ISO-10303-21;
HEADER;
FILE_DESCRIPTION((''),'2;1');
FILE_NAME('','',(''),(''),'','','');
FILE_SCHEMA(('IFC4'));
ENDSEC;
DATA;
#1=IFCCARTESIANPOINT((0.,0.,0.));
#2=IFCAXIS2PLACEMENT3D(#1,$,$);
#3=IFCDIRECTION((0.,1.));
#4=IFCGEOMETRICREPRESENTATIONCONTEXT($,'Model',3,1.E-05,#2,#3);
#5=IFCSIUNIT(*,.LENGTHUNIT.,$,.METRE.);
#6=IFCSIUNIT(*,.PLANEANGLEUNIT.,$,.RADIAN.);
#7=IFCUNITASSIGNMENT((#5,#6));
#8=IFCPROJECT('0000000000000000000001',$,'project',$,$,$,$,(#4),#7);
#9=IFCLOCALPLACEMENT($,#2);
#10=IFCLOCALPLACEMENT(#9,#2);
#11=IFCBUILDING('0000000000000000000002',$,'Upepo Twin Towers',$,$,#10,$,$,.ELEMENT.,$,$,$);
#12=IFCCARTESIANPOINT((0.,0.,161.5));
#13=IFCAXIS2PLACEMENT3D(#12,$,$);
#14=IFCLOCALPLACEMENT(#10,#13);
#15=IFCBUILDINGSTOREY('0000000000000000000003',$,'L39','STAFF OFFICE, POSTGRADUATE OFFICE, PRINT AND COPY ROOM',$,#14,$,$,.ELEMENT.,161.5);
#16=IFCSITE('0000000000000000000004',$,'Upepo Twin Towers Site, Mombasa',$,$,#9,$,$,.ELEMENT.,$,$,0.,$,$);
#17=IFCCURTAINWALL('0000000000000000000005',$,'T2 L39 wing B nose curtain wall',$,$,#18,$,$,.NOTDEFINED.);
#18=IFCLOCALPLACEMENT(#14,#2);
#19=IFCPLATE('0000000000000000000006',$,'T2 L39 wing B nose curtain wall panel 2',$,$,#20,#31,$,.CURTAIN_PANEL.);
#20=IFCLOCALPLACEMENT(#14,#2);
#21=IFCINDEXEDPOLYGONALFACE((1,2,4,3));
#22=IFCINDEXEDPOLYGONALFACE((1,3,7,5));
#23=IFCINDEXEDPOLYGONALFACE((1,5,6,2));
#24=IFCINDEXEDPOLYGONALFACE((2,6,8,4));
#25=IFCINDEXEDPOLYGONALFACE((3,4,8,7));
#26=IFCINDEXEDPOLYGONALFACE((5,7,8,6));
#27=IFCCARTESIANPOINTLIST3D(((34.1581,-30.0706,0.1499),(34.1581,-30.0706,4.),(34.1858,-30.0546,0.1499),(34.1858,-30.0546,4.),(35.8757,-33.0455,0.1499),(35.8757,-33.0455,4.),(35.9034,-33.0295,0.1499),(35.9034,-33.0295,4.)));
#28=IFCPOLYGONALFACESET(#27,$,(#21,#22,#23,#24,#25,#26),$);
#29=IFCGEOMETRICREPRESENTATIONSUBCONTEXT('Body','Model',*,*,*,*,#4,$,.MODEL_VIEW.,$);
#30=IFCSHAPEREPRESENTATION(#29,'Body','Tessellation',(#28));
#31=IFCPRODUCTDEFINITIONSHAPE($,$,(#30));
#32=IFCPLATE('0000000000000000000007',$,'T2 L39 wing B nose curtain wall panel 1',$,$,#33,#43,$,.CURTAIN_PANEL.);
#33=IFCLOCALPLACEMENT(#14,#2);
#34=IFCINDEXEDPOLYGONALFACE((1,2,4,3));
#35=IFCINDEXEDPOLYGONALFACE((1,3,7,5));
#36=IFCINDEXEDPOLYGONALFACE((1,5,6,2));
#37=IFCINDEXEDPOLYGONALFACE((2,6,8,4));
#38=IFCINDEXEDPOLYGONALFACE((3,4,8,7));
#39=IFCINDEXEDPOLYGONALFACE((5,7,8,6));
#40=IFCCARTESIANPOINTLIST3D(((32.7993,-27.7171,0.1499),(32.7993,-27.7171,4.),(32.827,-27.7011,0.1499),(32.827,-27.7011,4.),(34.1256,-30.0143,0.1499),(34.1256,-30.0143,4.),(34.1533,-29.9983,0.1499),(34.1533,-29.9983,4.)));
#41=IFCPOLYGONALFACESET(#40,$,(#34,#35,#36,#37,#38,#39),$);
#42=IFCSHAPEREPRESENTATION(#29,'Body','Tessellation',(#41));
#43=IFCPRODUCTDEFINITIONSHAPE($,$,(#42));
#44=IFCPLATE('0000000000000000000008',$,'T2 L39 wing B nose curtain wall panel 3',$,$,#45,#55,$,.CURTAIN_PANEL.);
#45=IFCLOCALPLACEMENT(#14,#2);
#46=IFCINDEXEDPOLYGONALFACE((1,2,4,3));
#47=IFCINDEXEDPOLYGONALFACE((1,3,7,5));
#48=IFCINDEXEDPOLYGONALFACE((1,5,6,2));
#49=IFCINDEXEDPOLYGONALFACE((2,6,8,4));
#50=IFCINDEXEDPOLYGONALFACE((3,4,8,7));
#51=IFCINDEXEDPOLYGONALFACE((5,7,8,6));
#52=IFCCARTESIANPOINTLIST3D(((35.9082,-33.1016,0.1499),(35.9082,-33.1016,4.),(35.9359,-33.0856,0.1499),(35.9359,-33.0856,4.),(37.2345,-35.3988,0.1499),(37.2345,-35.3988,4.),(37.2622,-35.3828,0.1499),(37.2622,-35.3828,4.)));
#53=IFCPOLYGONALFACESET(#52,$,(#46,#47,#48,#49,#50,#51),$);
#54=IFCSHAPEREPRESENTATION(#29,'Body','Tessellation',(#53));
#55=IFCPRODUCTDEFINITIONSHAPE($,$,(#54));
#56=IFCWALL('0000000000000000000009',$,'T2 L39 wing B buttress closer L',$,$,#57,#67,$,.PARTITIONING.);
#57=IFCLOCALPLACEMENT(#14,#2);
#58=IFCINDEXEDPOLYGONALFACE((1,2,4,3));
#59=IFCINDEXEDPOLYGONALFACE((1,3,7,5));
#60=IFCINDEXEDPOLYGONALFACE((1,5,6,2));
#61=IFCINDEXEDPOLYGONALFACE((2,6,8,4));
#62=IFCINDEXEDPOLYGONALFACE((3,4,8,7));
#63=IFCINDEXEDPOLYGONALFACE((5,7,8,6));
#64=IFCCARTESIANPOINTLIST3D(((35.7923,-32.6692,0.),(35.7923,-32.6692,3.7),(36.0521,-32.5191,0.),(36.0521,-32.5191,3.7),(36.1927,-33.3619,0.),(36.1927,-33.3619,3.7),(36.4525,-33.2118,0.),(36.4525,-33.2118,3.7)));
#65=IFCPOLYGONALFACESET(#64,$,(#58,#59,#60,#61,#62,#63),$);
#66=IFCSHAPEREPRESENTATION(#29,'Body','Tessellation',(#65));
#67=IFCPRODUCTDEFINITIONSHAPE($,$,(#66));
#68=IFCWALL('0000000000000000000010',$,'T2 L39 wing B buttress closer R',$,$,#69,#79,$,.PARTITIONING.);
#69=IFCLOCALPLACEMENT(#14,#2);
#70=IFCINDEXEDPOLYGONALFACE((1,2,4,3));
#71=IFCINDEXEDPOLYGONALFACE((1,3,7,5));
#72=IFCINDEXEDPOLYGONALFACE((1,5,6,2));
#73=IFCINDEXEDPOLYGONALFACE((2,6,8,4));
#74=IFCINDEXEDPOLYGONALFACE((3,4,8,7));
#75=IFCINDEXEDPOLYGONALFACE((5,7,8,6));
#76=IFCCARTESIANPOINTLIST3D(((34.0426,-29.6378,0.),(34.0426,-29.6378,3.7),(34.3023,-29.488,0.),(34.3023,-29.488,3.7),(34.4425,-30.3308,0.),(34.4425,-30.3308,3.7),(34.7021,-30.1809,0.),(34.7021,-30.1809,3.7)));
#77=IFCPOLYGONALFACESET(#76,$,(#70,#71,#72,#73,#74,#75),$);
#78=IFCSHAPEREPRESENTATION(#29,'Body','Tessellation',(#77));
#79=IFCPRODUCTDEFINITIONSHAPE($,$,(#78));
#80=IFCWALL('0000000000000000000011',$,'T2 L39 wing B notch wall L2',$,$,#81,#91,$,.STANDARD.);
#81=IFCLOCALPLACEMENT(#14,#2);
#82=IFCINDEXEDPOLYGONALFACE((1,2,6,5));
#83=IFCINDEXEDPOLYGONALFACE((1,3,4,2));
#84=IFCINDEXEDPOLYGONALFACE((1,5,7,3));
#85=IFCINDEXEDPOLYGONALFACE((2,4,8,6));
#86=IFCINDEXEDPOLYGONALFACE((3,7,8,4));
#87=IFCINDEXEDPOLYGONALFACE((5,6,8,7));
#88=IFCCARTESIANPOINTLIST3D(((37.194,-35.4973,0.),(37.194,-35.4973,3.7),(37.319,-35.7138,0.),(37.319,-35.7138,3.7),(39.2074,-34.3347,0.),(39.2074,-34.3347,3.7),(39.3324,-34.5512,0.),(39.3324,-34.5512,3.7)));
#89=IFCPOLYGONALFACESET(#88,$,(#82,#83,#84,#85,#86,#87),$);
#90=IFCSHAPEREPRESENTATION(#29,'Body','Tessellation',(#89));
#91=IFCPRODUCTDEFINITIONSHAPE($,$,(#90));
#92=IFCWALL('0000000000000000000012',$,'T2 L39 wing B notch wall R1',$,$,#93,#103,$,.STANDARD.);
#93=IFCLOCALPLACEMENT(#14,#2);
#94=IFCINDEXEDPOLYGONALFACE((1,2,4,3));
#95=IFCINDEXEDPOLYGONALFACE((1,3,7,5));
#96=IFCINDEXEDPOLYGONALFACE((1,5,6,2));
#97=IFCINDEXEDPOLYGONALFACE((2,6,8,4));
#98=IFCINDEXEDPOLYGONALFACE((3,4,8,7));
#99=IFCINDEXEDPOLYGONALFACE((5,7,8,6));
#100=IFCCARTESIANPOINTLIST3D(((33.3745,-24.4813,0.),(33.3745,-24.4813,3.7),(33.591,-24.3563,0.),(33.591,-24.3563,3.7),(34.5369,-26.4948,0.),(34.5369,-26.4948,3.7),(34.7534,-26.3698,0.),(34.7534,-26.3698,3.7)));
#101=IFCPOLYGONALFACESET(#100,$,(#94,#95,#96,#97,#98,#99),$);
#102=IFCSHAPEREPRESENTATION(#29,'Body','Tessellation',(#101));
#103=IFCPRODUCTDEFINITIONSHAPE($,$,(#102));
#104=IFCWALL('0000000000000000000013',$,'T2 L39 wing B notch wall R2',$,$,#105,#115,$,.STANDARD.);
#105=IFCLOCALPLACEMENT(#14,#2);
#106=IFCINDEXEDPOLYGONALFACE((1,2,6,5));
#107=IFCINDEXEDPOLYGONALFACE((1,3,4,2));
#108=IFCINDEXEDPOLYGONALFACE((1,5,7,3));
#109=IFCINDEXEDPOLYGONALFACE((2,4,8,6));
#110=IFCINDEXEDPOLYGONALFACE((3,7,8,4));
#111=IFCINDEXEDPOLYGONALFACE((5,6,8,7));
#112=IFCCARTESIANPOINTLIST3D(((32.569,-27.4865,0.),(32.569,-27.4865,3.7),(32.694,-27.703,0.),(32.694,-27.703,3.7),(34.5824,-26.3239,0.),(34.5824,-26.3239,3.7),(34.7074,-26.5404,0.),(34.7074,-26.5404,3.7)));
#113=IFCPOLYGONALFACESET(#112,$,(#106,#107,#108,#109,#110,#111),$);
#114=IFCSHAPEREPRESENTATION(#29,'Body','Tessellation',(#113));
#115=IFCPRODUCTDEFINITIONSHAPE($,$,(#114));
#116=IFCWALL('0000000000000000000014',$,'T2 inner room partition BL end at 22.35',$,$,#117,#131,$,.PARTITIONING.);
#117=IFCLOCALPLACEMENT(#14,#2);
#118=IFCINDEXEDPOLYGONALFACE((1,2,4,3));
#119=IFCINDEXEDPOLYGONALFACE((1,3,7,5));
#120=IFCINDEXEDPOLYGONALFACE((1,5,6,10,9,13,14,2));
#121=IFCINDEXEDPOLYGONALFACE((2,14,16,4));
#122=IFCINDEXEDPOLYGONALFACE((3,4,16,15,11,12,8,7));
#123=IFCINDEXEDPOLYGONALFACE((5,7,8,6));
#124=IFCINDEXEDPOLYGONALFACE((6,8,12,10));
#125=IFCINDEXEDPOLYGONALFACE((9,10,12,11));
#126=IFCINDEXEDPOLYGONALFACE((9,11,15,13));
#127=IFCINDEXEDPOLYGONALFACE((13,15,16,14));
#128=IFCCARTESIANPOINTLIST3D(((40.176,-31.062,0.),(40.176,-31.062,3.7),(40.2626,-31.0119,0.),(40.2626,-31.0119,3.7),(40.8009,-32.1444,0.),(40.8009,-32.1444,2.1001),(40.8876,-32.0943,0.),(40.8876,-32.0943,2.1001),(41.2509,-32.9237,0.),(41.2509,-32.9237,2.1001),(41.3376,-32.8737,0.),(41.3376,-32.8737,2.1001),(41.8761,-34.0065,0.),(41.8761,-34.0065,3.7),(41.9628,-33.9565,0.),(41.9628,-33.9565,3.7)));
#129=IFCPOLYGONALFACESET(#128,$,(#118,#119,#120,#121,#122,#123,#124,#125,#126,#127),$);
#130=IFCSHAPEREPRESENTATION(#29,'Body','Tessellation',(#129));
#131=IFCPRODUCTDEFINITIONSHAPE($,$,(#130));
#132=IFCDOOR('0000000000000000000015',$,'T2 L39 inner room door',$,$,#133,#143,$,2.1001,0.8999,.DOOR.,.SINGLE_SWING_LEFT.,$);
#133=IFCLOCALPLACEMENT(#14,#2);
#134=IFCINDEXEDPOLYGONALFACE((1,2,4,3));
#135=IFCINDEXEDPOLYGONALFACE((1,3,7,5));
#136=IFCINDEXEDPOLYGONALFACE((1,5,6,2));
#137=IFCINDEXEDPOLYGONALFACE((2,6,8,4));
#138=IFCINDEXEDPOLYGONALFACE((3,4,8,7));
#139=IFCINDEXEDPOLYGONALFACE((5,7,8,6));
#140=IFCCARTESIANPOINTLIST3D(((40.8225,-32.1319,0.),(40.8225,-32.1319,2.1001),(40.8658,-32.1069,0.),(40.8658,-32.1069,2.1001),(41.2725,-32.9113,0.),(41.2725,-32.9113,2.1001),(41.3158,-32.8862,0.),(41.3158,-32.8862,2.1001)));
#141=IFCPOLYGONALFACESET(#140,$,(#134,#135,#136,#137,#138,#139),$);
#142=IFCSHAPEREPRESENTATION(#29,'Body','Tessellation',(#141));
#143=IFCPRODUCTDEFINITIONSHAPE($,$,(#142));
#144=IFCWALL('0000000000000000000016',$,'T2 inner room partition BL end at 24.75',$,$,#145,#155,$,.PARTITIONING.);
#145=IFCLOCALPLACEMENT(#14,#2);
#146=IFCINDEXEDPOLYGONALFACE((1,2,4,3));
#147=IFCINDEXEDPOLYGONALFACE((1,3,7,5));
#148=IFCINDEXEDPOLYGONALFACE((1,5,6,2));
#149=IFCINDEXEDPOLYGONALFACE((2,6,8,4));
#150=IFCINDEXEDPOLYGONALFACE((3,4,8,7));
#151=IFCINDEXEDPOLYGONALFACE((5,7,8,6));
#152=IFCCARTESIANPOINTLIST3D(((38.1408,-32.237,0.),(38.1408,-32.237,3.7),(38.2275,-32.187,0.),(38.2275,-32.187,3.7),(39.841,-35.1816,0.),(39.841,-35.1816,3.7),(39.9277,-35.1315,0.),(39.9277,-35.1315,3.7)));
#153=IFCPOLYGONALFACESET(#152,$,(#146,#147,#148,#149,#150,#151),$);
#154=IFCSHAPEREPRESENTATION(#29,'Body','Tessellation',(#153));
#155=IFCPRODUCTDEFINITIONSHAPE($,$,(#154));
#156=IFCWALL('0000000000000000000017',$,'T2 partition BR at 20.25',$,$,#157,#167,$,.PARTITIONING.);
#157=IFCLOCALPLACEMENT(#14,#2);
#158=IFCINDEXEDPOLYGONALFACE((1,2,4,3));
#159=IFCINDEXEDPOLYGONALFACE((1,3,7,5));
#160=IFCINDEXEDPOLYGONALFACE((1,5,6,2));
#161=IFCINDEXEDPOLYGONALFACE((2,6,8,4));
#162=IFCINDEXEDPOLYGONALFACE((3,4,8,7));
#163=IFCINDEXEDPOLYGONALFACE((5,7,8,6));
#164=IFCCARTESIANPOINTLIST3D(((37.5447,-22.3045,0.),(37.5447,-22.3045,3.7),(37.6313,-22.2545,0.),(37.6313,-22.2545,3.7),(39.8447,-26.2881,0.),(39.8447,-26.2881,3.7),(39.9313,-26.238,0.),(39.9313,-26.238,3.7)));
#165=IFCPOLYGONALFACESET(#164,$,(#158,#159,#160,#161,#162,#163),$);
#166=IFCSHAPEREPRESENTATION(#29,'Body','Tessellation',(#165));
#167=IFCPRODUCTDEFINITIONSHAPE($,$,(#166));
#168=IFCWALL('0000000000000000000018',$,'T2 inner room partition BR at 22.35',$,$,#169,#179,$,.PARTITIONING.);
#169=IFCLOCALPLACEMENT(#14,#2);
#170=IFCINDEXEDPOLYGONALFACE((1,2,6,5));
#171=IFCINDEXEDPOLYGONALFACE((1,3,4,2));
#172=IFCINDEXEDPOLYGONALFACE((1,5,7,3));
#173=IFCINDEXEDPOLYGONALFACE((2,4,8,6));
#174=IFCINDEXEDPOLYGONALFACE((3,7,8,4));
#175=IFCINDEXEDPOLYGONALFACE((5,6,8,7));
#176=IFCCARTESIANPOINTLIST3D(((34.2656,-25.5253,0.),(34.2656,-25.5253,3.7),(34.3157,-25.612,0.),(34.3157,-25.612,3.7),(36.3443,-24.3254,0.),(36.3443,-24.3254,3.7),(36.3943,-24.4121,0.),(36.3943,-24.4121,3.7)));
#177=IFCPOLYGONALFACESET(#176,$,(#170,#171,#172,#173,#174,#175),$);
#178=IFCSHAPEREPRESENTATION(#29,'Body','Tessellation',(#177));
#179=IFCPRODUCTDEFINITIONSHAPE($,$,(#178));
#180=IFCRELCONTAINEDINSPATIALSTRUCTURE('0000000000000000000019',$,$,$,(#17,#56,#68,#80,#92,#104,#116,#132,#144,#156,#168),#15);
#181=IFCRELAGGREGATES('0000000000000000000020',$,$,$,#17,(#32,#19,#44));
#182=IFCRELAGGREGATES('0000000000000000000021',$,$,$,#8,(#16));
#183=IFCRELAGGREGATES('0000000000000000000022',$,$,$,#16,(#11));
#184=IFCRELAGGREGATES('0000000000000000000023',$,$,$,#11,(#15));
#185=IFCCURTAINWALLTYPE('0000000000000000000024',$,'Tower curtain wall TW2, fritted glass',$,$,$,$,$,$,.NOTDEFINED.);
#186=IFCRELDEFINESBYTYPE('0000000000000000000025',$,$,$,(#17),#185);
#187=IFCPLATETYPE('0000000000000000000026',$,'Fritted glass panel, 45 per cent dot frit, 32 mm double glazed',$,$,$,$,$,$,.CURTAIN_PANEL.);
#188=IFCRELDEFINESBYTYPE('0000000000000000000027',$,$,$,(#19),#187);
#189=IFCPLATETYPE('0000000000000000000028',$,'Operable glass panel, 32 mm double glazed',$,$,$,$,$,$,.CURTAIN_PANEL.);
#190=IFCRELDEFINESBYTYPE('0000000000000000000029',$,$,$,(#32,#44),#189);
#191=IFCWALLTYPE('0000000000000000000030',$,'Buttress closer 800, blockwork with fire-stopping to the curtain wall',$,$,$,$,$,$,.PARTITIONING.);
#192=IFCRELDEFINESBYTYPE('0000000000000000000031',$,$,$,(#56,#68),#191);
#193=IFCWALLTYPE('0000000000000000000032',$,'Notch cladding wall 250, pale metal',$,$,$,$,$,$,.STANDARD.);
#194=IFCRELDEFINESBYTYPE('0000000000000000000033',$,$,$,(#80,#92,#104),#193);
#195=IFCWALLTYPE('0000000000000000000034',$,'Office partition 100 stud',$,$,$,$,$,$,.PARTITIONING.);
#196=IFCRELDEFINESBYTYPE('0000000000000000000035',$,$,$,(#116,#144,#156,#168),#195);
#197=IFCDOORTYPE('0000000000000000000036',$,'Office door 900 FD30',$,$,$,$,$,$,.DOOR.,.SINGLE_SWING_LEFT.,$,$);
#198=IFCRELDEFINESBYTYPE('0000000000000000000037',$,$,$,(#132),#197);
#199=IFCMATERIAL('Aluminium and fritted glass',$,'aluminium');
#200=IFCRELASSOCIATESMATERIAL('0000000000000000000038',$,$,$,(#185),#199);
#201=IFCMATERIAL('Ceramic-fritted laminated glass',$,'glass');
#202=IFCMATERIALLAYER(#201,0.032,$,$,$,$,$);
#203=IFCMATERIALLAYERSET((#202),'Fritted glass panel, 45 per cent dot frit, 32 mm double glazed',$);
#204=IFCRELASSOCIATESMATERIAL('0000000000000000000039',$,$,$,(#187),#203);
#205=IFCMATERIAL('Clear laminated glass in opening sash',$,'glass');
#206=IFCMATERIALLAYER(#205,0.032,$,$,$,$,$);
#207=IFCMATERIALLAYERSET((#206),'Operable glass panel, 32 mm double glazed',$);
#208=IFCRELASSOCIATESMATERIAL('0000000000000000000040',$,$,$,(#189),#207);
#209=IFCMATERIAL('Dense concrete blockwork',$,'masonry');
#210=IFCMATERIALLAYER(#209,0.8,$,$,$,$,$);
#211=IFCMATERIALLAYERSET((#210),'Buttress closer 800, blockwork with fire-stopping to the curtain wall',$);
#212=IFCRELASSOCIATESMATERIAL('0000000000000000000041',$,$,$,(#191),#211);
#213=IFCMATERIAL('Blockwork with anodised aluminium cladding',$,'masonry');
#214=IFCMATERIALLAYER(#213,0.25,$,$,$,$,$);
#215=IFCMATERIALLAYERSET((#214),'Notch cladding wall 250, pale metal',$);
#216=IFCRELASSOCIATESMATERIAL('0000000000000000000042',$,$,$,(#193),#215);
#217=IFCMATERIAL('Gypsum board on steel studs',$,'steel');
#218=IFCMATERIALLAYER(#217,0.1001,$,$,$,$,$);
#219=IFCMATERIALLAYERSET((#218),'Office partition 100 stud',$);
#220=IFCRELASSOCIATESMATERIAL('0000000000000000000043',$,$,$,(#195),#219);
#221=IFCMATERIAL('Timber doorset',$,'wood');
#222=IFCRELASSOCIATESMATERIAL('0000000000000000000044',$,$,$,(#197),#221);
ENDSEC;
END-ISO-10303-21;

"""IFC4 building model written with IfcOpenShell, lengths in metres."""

from ifc_helpers import new_model, si_unit, direction, frame, frame_2d, origin, origin_2d, place, context, subcontext, project, spatial, rectangle, extrude, material, layer, layer_set, type_object, element, fill, aggregate, save


model = new_model("IFC4")

# Units and contexts
model_context = context("Model", 3, precision=1e-05, world=origin(), true_north=direction((0.0, 1.0)))
body_context = subcontext(model_context, "Body", "Model", "MODEL_VIEW")
ifc_project = project(units=[si_unit("LENGTHUNIT", "METRE"), si_unit("PLANEANGLEUNIT", "RADIAN")], contexts=[model_context])

# Site, building, storey
site_placement = place(None, origin())
site = spatial("IfcSite", under=ifc_project, at=site_placement, Name="Upepo Twin Towers Site, Mombasa", CompositionType="ELEMENT", RefElevation=0.0)
building_placement = place(site_placement, origin())
building = spatial("IfcBuilding", under=site, at=building_placement, Name="Upepo Twin Towers", CompositionType="ELEMENT")
storey_placement = place(building_placement, frame((0.0, 0.0, 161.5)))
storey = spatial("IfcBuildingStorey", under=building, at=storey_placement, Name="L39", Description="STAFF OFFICE, POSTGRADUATE OFFICE, PRINT AND COPY ROOM", CompositionType="ELEMENT", Elevation=161.5)

# Shared definitions
ifc_material_1 = material(Name="Aluminium and fritted glass", Category="aluminium")
curtain_wall_type = type_object("IfcCurtainWallType", Name="Tower curtain wall TW2, fritted glass", PredefinedType="NOTDEFINED", material=ifc_material_1)

# Curtain wall
curtain_wall_1_placement = place(storey_placement, origin())
curtain_wall_1 = element("IfcCurtainWall", 1, at=curtain_wall_1_placement, inside=storey, type_object=curtain_wall_type, Name="T2 L39 wing B nose curtain wall", PredefinedType="NOTDEFINED")

# Plates
ifc_material_2 = material(Name="Ceramic-fritted laminated glass", Category="glass")
ifc_layer_1 = layer(ifc_material_2, 0.032)
ifc_layer_set_1 = layer_set([ifc_layer_1], Name="Fritted glass panel, 45 per cent dot frit, 32 mm double glazed")
plate_type_1 = type_object("IfcPlateType", Name="Fritted glass panel, 45 per cent dot frit, 32 mm double glazed", PredefinedType="CURTAIN_PANEL", material=ifc_layer_set_1)
plate_1_placement = place(storey_placement, frame((35.0308, -31.55, 0.1499), z_axis=(0.0, 0.0, 1.0), x_axis=(0.5, -0.866025, 0.0)))
plate_1 = element("IfcPlate", 2, at=plate_1_placement, type_object=plate_type_1, Name="T2 L39 wing B nose curtain wall panel 2", PredefinedType="CURTAIN_PANEL", context=body_context, shape_type="SweptSolid", body=[
    extrude(rectangle(XDim=3.4351, YDim=0.032, at=origin_2d()), origin(), (0.0, 0.0, 1.0), 3.8501),
])
ifc_material_3 = material(Name="Clear laminated glass in opening sash", Category="glass")
ifc_layer_2 = layer(ifc_material_3, 0.032)
ifc_layer_set_2 = layer_set([ifc_layer_2], Name="Operable glass panel, 32 mm double glazed")
plate_type_2 = type_object("IfcPlateType", Name="Operable glass panel, 32 mm double glazed", PredefinedType="CURTAIN_PANEL", material=ifc_layer_set_2)
plate_2_placement = place(storey_placement, frame((33.4763, -28.8577, 0.1499), z_axis=(0.0, 0.0, 1.0), x_axis=(0.5, -0.866025, 0.0)))
plate_2 = element("IfcPlate", 3, at=plate_2_placement, type_object=plate_type_2, Name="T2 L39 wing B nose curtain wall panel 1", PredefinedType="CURTAIN_PANEL", context=body_context, shape_type="SweptSolid", body=[
    extrude(rectangle(XDim=2.6526, YDim=0.032, at=origin_2d()), origin(), (0.0, 0.0, 1.0), 3.8501),
])
plate_3_placement = place(storey_placement, frame((36.5852, -34.2422, 0.1499), z_axis=(0.0, 0.0, 1.0), x_axis=(0.5, -0.866025, 0.0)))
plate_3 = element("IfcPlate", 4, at=plate_3_placement, type_object=plate_type_2, Name="T2 L39 wing B nose curtain wall panel 3", PredefinedType="CURTAIN_PANEL", context=body_context, shape_type="SweptSolid", body=[
    extrude(rectangle(XDim=2.6526, YDim=0.032, at=origin_2d()), origin(), (0.0, 0.0, 1.0), 3.8501),
])
aggregate(curtain_wall_1, [plate_2, plate_1, plate_3])

# Walls
ifc_material_4 = material(Name="Dense concrete blockwork", Category="masonry")
ifc_layer_3 = layer(ifc_material_4, 0.8)
ifc_layer_set_3 = layer_set([ifc_layer_3], Name="Buttress closer 800, blockwork with fire-stopping to the curtain wall")
wall_type_1 = type_object("IfcWallType", Name="Buttress closer 800, blockwork with fire-stopping to the curtain wall", PredefinedType="PARTITIONING", material=ifc_layer_set_3)
wall_1_placement = place(storey_placement, frame((36.2522, -32.8655, 0.0), z_axis=(0.0, 0.0, 1.0), x_axis=(-0.865779, -0.500427, 0.0)))
element("IfcWall", 5, at=wall_1_placement, inside=storey, type_object=wall_type_1, Name="T2 L39 wing B buttress closer L", PredefinedType="PARTITIONING", context=body_context, shape_type="SweptSolid", body=[
    extrude(rectangle(XDim=0.3, YDim=0.8, at=frame_2d((0.1499, 0.0))), origin(), (0.0, 0.0, 1.0), 3.7),
])
wall_2_placement = place(storey_placement, frame((34.5022, -29.8345, 0.0), z_axis=(0.0, 0.0, 1.0), x_axis=(-0.866131, -0.499816, 0.0)))
element("IfcWall", 6, at=wall_2_placement, inside=storey, type_object=wall_type_1, Name="T2 L39 wing B buttress closer R", PredefinedType="PARTITIONING", context=body_context, shape_type="SweptSolid", body=[
    extrude(rectangle(XDim=0.2998, YDim=0.8, at=frame_2d((0.1499, 0.0))), origin(), (0.0, 0.0, 1.0), 3.7),
])
ifc_material_5 = material(Name="Blockwork with anodised aluminium cladding", Category="masonry")
ifc_layer_4 = layer(ifc_material_5, 0.25)
ifc_layer_set_4 = layer_set([ifc_layer_4], Name="Notch cladding wall 250, pale metal")
wall_type_2 = type_object("IfcWallType", Name="Notch cladding wall 250, pale metal", PredefinedType="STANDARD", material=ifc_layer_set_4)
for number, where, z_axis, x_axis, name in (
    (7, (39.27, -34.4429, 0.0), (0.0, 0.0, 1.0), (-0.865998, -0.500047, 0.0), "T2 L39 wing B notch wall L2"),
    (8, (33.4827, -24.4187, 0.0), (0.0, 0.0, 1.0), (0.499968, -0.866044, 0.0), "T2 L39 wing B notch wall R1"),
    (9, (34.645, -26.4321, 0.0), (0.0, 0.0, 1.0), (-0.865998, -0.500047, 0.0), "T2 L39 wing B notch wall R2"),
):
    element("IfcWall", number, at=place(storey_placement, frame(where, z_axis=z_axis, x_axis=x_axis)), inside=storey, type_object=wall_type_2, Name=name, PredefinedType="STANDARD", context=body_context, shape_type="SweptSolid", body=[
        extrude(rectangle(XDim=2.325, YDim=0.25, at=frame_2d((1.1626, 0.0))), origin(), (0.0, 0.0, 1.0), 3.7),
    ])

# Wall, opening, door
ifc_material_6 = material(Name="Gypsum board on steel studs", Category="steel")
ifc_layer_5 = layer(ifc_material_6, 0.1001)
ifc_layer_set_5 = layer_set([ifc_layer_5], Name="Office partition 100 stud")
wall_type_3 = type_object("IfcWallType", Name="Office partition 100 stud", PredefinedType="PARTITIONING", material=ifc_layer_set_5)
wall_3_placement = place(storey_placement, frame((40.2192, -31.0369, 0.0), z_axis=(0.0, 0.0, 1.0), x_axis=(0.500031, -0.866007, 0.0)))
wall_3 = element("IfcWall", 10, at=wall_3_placement, inside=storey, type_object=wall_type_3, Name="T2 inner room partition BL end at 22.35", PredefinedType="PARTITIONING", context=body_context, shape_type="SweptSolid", body=[
    extrude(rectangle(XDim=3.4001, YDim=0.1001, at=frame_2d((1.7002, 0.0))), origin(), (0.0, 0.0, 1.0), 3.7),
])
opening_1_placement = place(wall_3_placement, frame((1.25, 0.0, 0.0)))
opening_1 = element("IfcOpeningElement", 11, at=opening_1_placement, cuts=wall_3, PredefinedType="OPENING", context=body_context, shape_type="SweptSolid", body=[
    extrude(rectangle(XDim=0.8999, YDim=2.1001, at=frame_2d((0.45, 1.05))), frame((0.0, 0.0601, 0.0), z_axis=(0.0, -1.0, 0.0), x_axis=(1.0, 0.0, 0.0)), (0.0, 0.0, 1.0), 0.1201),
])
ifc_material_7 = material(Name="Timber doorset", Category="wood")
door_type_1 = type_object("IfcDoorType", Name="Office door 900 FD30", OperationType="SINGLE_SWING_LEFT", PredefinedType="DOOR", material=ifc_material_7)
door_1_placement = place(opening_1_placement, origin())
door_1 = element("IfcDoor", 12, at=door_1_placement, inside=storey, type_object=door_type_1, Name="T2 L39 inner room door", OperationType="SINGLE_SWING_LEFT", OverallHeight=2.1001, OverallWidth=0.8999, PredefinedType="DOOR", context=body_context, shape_type="SweptSolid", body=[
    extrude(rectangle(XDim=0.8999, YDim=2.1001, at=frame_2d((0.45, 1.05))), frame((0.0, 0.0249, 0.0), z_axis=(0.0, -1.0, 0.0), x_axis=(1.0, 0.0, 0.0)), (0.0, 0.0, 1.0), 0.05),
])
fill(opening_1, door_1)

# Walls
wall_4_placement = place(storey_placement, frame((38.1841, -32.2119, 0.0), z_axis=(0.0, 0.0, 1.0), x_axis=(0.500031, -0.866007, 0.0)))
element("IfcWall", 13, at=wall_4_placement, inside=storey, type_object=wall_type_3, Name="T2 inner room partition BL end at 24.75", PredefinedType="PARTITIONING", context=body_context, shape_type="SweptSolid", body=[
    extrude(rectangle(XDim=3.4001, YDim=0.1001, at=frame_2d((1.7002, 0.0))), origin(), (0.0, 0.0, 1.0), 3.7),
])
wall_5_placement = place(storey_placement, frame((39.8879, -26.2629, 0.0), z_axis=(0.0, 0.0, 1.0), x_axis=(-0.500015, 0.866017, 0.0)))
element("IfcWall", 14, at=wall_5_placement, inside=storey, type_object=wall_type_3, Name="T2 partition BR at 20.25", PredefinedType="PARTITIONING", context=body_context, shape_type="SweptSolid", body=[
    extrude(rectangle(XDim=4.5999, YDim=0.1001, at=frame_2d((2.2998, 0.0))), origin(), (0.0, 0.0, 1.0), 3.7),
])
wall_6_placement = place(storey_placement, frame((36.3694, -24.3687, 0.0), z_axis=(0.0, 0.0, 1.0), x_axis=(-0.86605, -0.499957, 0.0)))
element("IfcWall", 15, at=wall_6_placement, inside=storey, type_object=wall_type_3, Name="T2 inner room partition BR at 22.35", PredefinedType="PARTITIONING", context=body_context, shape_type="SweptSolid", body=[
    extrude(rectangle(XDim=2.4001, YDim=0.1001, at=frame_2d((1.2002, 0.0))), origin(), (0.0, 0.0, 1.0), 3.7),
])

save(model, "model.ifc")
